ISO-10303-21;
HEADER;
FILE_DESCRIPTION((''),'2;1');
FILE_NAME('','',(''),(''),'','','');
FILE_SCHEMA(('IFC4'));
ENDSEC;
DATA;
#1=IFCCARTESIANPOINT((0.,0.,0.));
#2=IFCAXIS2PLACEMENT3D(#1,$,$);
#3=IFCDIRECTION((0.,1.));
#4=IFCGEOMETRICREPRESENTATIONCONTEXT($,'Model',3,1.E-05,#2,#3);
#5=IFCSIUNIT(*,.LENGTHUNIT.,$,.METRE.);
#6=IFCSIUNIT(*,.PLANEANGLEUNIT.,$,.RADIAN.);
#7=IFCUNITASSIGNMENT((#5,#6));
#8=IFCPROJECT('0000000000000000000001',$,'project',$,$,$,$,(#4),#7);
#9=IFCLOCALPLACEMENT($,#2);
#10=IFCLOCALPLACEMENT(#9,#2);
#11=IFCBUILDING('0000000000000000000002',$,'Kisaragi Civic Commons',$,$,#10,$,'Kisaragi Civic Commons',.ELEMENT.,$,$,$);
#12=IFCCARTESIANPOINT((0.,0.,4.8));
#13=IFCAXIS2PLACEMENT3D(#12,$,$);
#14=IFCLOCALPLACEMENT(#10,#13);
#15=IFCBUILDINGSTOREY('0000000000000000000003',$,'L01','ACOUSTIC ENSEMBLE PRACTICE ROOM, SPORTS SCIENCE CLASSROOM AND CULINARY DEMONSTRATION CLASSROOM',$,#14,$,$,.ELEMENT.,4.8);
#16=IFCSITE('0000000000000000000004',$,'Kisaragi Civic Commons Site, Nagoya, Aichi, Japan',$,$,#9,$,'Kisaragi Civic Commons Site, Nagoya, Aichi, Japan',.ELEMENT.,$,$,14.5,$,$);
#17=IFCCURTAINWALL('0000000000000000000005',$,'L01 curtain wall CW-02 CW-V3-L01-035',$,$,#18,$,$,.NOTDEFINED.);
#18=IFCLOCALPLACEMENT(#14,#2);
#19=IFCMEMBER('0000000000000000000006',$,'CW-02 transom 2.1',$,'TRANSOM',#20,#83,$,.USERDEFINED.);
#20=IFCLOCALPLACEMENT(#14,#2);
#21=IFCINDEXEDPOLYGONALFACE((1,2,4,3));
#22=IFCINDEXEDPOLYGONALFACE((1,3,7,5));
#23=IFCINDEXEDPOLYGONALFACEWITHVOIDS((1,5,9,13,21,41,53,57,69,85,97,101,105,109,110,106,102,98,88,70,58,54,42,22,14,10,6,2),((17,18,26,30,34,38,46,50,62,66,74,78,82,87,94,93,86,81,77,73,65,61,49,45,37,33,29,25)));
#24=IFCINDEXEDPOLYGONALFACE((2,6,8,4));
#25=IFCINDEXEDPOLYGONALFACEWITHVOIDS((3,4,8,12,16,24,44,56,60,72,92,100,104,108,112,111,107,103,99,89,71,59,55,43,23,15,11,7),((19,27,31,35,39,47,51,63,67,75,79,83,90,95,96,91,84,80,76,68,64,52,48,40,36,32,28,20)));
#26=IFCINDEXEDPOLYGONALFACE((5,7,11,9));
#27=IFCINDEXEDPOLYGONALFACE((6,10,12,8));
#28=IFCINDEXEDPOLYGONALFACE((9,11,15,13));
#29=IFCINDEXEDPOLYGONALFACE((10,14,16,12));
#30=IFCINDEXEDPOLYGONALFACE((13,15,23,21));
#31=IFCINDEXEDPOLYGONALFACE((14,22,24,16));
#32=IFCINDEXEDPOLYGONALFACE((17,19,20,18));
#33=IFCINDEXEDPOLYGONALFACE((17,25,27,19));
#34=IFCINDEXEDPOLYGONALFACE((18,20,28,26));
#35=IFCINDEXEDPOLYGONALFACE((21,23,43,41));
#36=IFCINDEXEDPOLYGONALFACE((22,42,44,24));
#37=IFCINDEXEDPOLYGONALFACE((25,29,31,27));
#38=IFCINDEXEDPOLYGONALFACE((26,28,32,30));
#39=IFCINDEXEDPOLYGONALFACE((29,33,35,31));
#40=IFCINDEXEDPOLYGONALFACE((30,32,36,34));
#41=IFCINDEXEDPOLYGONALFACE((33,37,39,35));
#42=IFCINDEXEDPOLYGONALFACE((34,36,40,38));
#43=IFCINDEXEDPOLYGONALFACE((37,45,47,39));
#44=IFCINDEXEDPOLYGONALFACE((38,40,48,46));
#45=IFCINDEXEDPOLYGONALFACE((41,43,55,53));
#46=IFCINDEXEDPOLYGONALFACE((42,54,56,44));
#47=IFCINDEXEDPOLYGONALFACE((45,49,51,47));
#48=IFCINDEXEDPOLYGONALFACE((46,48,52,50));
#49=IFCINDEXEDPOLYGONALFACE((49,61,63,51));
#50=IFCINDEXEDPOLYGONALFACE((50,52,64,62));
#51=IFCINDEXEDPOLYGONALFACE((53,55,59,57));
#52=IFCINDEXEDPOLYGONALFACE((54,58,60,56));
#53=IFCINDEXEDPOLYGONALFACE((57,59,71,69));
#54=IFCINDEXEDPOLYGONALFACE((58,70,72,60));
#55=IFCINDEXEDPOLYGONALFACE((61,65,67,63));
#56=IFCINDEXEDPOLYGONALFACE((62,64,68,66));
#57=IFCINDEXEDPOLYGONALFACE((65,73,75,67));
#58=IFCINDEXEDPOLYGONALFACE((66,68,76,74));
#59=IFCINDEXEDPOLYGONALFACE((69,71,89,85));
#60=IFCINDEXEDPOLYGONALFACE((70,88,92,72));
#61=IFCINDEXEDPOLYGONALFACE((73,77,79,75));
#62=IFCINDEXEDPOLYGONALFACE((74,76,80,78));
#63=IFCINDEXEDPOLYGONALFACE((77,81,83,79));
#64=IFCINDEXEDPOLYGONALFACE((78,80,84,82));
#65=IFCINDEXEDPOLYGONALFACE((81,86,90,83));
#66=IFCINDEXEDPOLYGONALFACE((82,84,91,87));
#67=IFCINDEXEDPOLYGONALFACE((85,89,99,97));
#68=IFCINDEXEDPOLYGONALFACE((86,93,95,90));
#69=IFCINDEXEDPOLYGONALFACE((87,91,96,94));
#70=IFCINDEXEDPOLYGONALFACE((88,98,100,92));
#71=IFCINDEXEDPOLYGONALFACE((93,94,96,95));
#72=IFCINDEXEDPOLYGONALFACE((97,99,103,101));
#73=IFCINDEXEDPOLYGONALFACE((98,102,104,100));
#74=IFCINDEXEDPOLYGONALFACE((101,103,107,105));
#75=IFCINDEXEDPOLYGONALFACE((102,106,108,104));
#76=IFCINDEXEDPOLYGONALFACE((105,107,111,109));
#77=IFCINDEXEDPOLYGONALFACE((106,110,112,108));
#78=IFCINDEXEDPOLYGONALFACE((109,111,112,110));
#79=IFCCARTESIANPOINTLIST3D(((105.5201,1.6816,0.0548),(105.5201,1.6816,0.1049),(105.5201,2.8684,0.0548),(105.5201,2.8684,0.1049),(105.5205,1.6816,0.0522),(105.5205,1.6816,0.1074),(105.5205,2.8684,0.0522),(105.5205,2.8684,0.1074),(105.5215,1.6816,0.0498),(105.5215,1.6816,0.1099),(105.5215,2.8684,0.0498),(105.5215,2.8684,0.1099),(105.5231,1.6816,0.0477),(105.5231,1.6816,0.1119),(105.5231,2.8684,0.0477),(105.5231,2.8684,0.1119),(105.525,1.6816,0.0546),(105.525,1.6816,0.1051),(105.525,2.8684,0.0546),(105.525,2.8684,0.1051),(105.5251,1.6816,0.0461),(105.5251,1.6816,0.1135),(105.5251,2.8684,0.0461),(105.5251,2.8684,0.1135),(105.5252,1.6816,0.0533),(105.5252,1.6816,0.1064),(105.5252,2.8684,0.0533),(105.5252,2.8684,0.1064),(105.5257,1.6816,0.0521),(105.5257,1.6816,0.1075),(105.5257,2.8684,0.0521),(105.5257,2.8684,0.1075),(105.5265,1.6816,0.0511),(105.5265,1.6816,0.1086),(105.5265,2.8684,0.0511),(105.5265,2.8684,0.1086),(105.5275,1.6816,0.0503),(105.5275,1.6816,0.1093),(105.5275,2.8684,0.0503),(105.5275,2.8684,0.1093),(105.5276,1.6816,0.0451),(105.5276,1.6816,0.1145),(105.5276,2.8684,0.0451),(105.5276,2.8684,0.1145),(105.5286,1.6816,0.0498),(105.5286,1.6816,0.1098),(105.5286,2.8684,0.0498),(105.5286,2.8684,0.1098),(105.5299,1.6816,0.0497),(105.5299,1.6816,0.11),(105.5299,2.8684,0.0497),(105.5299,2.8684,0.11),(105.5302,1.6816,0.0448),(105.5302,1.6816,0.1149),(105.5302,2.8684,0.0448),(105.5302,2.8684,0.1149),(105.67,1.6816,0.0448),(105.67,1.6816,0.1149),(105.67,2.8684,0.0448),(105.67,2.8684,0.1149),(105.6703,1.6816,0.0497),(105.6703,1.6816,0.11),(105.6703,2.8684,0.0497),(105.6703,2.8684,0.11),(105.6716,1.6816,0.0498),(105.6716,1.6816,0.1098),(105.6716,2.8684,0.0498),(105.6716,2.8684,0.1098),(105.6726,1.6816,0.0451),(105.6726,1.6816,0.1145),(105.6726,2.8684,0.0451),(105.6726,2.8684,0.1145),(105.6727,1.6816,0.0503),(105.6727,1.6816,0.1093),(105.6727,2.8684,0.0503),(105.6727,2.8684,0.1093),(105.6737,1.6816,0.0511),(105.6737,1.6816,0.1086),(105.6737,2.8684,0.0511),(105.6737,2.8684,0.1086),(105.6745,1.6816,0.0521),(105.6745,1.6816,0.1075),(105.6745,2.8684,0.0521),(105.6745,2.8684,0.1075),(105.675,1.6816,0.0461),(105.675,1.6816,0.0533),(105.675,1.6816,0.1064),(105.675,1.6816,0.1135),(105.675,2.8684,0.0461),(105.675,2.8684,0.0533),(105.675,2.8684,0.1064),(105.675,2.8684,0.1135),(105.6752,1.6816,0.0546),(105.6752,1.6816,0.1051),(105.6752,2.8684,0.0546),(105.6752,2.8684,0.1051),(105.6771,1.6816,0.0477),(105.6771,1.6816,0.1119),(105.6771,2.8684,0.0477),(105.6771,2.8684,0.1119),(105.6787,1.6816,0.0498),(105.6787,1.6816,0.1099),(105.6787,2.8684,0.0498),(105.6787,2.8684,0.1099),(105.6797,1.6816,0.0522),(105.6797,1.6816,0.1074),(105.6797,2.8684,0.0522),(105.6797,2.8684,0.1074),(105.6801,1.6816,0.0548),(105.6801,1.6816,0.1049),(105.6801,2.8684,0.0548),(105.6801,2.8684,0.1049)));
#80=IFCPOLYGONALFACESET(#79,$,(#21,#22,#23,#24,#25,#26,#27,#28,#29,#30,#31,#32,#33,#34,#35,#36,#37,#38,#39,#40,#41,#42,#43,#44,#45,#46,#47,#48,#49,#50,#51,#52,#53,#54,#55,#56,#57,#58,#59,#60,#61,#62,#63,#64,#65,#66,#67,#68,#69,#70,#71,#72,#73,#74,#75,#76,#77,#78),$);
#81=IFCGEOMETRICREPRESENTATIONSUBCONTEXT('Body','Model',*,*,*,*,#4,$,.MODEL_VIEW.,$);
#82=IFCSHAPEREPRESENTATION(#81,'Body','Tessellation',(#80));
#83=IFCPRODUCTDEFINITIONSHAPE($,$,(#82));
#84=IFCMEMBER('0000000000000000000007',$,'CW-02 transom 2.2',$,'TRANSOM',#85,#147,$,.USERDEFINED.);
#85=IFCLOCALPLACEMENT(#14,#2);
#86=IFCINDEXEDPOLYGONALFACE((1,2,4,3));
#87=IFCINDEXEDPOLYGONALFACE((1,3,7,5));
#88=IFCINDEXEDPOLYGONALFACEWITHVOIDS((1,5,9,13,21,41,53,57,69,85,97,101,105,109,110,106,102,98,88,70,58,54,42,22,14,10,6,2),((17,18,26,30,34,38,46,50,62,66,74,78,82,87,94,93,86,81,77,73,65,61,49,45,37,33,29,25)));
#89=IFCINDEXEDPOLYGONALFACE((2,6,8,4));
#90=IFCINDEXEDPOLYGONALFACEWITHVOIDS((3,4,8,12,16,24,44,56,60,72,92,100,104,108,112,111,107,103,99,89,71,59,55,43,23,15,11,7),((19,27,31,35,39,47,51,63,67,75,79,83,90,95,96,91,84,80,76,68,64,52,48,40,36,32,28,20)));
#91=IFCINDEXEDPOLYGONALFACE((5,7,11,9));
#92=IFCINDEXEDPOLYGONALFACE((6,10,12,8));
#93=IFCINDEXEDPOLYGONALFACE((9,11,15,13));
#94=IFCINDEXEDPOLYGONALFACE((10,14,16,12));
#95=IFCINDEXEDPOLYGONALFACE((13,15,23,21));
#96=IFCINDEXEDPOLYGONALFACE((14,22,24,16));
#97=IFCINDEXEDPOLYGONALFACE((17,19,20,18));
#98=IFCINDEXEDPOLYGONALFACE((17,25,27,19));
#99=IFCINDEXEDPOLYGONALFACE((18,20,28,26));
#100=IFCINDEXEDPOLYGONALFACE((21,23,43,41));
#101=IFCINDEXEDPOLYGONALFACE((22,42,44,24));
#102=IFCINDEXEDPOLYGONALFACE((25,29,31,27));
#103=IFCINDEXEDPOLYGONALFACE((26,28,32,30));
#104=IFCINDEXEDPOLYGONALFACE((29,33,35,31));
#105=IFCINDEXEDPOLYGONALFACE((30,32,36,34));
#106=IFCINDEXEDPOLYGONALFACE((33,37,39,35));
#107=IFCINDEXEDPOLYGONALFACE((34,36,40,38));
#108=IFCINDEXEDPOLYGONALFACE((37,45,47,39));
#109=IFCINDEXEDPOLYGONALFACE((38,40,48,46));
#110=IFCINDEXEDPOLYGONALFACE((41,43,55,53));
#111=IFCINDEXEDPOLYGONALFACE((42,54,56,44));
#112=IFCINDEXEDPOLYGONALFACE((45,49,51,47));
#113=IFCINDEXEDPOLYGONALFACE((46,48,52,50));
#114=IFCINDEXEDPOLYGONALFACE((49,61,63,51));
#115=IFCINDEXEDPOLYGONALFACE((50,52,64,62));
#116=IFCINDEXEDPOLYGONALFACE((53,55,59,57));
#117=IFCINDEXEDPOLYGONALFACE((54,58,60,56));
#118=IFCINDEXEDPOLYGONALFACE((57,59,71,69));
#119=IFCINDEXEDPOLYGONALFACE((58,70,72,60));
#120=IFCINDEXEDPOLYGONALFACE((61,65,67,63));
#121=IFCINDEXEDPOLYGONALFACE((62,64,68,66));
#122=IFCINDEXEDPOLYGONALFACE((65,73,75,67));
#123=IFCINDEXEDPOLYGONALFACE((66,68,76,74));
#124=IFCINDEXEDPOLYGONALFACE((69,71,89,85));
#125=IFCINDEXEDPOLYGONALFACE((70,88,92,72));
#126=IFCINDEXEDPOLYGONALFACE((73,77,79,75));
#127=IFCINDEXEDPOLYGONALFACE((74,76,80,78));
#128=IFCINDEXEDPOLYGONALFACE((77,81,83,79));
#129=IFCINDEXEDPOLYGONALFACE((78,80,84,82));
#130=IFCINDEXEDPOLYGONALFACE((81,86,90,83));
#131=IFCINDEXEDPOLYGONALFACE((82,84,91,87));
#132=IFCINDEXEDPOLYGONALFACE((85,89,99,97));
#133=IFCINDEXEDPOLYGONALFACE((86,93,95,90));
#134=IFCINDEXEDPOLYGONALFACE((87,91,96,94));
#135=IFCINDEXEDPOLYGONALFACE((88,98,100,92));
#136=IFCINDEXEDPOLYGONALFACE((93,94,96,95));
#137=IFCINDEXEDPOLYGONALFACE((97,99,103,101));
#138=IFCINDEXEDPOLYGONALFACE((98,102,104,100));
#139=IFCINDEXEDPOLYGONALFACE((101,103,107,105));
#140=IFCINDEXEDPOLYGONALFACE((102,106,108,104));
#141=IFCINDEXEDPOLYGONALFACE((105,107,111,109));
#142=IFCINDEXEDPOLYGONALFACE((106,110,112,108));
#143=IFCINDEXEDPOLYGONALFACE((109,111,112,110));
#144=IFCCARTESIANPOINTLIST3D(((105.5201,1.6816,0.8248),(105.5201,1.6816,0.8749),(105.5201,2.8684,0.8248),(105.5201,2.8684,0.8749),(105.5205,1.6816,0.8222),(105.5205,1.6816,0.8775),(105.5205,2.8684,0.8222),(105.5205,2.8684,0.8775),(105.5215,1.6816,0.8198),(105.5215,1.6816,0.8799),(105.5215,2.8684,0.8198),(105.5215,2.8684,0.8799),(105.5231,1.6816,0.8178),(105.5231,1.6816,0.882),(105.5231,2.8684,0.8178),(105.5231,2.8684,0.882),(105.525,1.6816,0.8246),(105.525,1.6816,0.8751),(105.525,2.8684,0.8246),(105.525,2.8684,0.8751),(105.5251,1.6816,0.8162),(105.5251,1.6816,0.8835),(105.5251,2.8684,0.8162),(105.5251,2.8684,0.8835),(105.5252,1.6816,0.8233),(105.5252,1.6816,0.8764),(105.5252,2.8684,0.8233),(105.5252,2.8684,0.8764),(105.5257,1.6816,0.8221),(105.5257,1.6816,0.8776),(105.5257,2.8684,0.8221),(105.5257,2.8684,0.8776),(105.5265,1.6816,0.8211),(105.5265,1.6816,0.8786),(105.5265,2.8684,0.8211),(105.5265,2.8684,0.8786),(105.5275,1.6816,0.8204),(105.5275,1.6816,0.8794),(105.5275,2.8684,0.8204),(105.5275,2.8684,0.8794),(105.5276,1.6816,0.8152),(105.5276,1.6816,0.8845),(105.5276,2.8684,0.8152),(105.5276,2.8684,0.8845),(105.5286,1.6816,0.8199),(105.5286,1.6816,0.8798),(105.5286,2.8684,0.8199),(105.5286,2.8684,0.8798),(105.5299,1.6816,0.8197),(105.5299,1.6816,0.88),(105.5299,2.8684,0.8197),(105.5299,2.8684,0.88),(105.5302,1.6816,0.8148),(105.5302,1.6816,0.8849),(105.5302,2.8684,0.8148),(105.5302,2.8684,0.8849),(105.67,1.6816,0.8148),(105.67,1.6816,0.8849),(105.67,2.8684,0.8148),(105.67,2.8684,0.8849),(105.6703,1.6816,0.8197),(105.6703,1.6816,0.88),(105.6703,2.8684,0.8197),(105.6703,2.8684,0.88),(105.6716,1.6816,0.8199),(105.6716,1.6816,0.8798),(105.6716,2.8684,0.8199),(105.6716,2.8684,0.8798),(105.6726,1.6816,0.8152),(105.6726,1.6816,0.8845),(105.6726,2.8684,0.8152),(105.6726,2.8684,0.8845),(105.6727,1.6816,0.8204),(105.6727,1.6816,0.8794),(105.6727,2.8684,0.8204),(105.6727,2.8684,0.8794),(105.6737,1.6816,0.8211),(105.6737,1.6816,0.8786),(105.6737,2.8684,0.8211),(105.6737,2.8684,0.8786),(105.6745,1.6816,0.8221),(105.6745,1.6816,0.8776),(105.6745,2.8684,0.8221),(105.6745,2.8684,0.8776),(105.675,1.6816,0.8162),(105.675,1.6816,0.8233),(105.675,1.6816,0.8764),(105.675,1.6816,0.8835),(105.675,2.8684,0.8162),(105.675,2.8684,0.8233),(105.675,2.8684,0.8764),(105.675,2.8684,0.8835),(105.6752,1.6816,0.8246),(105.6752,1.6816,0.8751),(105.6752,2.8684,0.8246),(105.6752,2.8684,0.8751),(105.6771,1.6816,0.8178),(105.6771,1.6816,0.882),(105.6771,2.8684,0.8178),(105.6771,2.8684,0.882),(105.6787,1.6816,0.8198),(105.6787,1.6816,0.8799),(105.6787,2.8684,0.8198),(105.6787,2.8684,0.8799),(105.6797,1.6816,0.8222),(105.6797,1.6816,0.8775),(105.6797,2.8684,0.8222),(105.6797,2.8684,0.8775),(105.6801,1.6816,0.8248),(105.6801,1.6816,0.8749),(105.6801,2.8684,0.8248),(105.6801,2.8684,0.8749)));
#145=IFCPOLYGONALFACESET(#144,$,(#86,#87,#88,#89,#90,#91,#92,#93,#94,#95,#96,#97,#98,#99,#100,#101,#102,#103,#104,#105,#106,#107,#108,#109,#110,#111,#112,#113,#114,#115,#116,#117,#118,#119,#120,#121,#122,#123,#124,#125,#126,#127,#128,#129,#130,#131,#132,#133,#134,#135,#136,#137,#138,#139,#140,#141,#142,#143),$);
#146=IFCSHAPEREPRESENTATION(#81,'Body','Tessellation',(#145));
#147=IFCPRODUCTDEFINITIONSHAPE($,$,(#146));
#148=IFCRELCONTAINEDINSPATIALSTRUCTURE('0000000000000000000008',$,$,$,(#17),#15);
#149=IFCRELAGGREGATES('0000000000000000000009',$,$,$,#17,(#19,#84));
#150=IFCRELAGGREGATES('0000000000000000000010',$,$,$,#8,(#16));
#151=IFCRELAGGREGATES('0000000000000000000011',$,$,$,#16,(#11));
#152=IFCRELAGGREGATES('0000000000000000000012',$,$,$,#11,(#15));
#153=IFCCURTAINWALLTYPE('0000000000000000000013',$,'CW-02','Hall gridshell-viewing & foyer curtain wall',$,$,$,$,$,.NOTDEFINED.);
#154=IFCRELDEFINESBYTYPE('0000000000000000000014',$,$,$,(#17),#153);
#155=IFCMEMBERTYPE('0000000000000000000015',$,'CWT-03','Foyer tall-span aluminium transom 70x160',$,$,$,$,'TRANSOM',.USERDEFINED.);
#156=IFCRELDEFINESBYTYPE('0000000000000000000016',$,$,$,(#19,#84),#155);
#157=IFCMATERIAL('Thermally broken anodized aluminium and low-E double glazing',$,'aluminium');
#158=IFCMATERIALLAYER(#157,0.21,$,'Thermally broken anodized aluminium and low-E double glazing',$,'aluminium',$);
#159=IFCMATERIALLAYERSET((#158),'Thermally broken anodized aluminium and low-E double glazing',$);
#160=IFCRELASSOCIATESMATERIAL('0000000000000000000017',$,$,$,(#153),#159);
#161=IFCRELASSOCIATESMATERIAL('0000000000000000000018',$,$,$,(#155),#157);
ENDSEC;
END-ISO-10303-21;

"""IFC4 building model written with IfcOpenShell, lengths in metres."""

from ifc_helpers import new_model, si_unit, direction, frame, origin, origin_2d, place, context, subcontext, project, spatial, hollow_rectangle, extrude, material, layer, layer_set, material_profile, profile_set, type_object, element, aggregate, save


model = new_model("IFC4")

# Units and contexts
model_context = context("Model", 3, precision=1e-05, world=origin(), true_north=direction((0.0, 1.0)))
body_context = subcontext(model_context, "Body", "Model", "MODEL_VIEW")
ifc_project = project(units=[si_unit("LENGTHUNIT", "METRE"), si_unit("PLANEANGLEUNIT", "RADIAN")], contexts=[model_context])

# Site, building, storey
site_placement = place(None, origin())
site = spatial("IfcSite", under=ifc_project, at=site_placement, Name="Kisaragi Civic Commons Site, Nagoya, Aichi, Japan", LongName="Kisaragi Civic Commons Site, Nagoya, Aichi, Japan", CompositionType="ELEMENT", RefElevation=14.5)
building_placement = place(site_placement, origin())
building = spatial("IfcBuilding", under=site, at=building_placement, Name="Kisaragi Civic Commons", LongName="Kisaragi Civic Commons", CompositionType="ELEMENT")
storey_placement = place(building_placement, frame((0.0, 0.0, 4.8)))
storey = spatial("IfcBuildingStorey", under=building, at=storey_placement, Name="L01", Description="ACOUSTIC ENSEMBLE PRACTICE ROOM, SPORTS SCIENCE CLASSROOM AND CULINARY DEMONSTRATION CLASSROOM", CompositionType="ELEMENT", Elevation=4.8)

# Curtain wall
ifc_material = material(Name="Thermally broken anodized aluminium and low-E double glazing", Category="aluminium")
ifc_layer_1 = layer(ifc_material, 0.21, Name="Thermally broken anodized aluminium and low-E double glazing", Category="aluminium")
ifc_layer_set_1 = layer_set([ifc_layer_1], Name="Thermally broken anodized aluminium and low-E double glazing")
curtain_wall_type = type_object("IfcCurtainWallType", Name="CW-02", Description="Hall gridshell-viewing & foyer curtain wall", PredefinedType="NOTDEFINED", material=ifc_layer_set_1)
curtain_wall_1_placement = place(storey_placement, origin())
curtain_wall_1 = element("IfcCurtainWall", 1, at=curtain_wall_1_placement, inside=storey, type_object=curtain_wall_type, Name="L01 curtain wall CW-02 CW-V3-L01-035", PredefinedType="NOTDEFINED")

# Members
ifc_material_profile_1 = material_profile(ifc_material, hollow_rectangle(XDim=0.1599, YDim=0.0701, WallThickness=0.0049, InnerFilletRadius=0.0049, OuterFilletRadius=0.01, at=origin_2d()), Name="CWT-70x160x5", Category="aluminium")
ifc_profile_set_1 = profile_set([ifc_material_profile_1], Name="Thermally broken anodized aluminium and low-E double glazing")
member_type_1 = type_object("IfcMemberType", Name="CWT-03", Description="Foyer tall-span aluminium transom 70x160", ElementType="TRANSOM", PredefinedType="USERDEFINED", material=ifc_profile_set_1)
member_1_placement = place(storey_placement, frame((105.6001, 1.6816, 0.0798), z_axis=(0.0, 1.0, 0.0), x_axis=(-1.0, 0.0, 0.0)))
member_1 = element("IfcMember", 2, at=member_1_placement, type_object=member_type_1, Name="CW-02 transom 2.1", ObjectType="TRANSOM", PredefinedType="USERDEFINED", context=body_context, shape_type="SweptSolid", body=[
    extrude(hollow_rectangle(XDim=0.1599, YDim=0.0701, WallThickness=0.0049, InnerFilletRadius=0.0049, OuterFilletRadius=0.01, at=origin_2d()), origin(), (0.0, 0.0, 1.0), 1.1868),
])
member_2_placement = place(storey_placement, frame((105.6001, 1.6816, 0.8499), z_axis=(0.0, 1.0, 0.0), x_axis=(-1.0, 0.0, 0.0)))
member_2 = element("IfcMember", 3, at=member_2_placement, type_object=member_type_1, Name="CW-02 transom 2.2", ObjectType="TRANSOM", PredefinedType="USERDEFINED", context=body_context, shape_type="SweptSolid", body=[
    extrude(hollow_rectangle(XDim=0.1599, YDim=0.0701, WallThickness=0.0049, InnerFilletRadius=0.0049, OuterFilletRadius=0.01, at=origin_2d()), origin(), (0.0, 0.0, 1.0), 1.1868),
])

aggregate(curtain_wall_1, [member_1, member_2])

save(model, "model.ifc")
